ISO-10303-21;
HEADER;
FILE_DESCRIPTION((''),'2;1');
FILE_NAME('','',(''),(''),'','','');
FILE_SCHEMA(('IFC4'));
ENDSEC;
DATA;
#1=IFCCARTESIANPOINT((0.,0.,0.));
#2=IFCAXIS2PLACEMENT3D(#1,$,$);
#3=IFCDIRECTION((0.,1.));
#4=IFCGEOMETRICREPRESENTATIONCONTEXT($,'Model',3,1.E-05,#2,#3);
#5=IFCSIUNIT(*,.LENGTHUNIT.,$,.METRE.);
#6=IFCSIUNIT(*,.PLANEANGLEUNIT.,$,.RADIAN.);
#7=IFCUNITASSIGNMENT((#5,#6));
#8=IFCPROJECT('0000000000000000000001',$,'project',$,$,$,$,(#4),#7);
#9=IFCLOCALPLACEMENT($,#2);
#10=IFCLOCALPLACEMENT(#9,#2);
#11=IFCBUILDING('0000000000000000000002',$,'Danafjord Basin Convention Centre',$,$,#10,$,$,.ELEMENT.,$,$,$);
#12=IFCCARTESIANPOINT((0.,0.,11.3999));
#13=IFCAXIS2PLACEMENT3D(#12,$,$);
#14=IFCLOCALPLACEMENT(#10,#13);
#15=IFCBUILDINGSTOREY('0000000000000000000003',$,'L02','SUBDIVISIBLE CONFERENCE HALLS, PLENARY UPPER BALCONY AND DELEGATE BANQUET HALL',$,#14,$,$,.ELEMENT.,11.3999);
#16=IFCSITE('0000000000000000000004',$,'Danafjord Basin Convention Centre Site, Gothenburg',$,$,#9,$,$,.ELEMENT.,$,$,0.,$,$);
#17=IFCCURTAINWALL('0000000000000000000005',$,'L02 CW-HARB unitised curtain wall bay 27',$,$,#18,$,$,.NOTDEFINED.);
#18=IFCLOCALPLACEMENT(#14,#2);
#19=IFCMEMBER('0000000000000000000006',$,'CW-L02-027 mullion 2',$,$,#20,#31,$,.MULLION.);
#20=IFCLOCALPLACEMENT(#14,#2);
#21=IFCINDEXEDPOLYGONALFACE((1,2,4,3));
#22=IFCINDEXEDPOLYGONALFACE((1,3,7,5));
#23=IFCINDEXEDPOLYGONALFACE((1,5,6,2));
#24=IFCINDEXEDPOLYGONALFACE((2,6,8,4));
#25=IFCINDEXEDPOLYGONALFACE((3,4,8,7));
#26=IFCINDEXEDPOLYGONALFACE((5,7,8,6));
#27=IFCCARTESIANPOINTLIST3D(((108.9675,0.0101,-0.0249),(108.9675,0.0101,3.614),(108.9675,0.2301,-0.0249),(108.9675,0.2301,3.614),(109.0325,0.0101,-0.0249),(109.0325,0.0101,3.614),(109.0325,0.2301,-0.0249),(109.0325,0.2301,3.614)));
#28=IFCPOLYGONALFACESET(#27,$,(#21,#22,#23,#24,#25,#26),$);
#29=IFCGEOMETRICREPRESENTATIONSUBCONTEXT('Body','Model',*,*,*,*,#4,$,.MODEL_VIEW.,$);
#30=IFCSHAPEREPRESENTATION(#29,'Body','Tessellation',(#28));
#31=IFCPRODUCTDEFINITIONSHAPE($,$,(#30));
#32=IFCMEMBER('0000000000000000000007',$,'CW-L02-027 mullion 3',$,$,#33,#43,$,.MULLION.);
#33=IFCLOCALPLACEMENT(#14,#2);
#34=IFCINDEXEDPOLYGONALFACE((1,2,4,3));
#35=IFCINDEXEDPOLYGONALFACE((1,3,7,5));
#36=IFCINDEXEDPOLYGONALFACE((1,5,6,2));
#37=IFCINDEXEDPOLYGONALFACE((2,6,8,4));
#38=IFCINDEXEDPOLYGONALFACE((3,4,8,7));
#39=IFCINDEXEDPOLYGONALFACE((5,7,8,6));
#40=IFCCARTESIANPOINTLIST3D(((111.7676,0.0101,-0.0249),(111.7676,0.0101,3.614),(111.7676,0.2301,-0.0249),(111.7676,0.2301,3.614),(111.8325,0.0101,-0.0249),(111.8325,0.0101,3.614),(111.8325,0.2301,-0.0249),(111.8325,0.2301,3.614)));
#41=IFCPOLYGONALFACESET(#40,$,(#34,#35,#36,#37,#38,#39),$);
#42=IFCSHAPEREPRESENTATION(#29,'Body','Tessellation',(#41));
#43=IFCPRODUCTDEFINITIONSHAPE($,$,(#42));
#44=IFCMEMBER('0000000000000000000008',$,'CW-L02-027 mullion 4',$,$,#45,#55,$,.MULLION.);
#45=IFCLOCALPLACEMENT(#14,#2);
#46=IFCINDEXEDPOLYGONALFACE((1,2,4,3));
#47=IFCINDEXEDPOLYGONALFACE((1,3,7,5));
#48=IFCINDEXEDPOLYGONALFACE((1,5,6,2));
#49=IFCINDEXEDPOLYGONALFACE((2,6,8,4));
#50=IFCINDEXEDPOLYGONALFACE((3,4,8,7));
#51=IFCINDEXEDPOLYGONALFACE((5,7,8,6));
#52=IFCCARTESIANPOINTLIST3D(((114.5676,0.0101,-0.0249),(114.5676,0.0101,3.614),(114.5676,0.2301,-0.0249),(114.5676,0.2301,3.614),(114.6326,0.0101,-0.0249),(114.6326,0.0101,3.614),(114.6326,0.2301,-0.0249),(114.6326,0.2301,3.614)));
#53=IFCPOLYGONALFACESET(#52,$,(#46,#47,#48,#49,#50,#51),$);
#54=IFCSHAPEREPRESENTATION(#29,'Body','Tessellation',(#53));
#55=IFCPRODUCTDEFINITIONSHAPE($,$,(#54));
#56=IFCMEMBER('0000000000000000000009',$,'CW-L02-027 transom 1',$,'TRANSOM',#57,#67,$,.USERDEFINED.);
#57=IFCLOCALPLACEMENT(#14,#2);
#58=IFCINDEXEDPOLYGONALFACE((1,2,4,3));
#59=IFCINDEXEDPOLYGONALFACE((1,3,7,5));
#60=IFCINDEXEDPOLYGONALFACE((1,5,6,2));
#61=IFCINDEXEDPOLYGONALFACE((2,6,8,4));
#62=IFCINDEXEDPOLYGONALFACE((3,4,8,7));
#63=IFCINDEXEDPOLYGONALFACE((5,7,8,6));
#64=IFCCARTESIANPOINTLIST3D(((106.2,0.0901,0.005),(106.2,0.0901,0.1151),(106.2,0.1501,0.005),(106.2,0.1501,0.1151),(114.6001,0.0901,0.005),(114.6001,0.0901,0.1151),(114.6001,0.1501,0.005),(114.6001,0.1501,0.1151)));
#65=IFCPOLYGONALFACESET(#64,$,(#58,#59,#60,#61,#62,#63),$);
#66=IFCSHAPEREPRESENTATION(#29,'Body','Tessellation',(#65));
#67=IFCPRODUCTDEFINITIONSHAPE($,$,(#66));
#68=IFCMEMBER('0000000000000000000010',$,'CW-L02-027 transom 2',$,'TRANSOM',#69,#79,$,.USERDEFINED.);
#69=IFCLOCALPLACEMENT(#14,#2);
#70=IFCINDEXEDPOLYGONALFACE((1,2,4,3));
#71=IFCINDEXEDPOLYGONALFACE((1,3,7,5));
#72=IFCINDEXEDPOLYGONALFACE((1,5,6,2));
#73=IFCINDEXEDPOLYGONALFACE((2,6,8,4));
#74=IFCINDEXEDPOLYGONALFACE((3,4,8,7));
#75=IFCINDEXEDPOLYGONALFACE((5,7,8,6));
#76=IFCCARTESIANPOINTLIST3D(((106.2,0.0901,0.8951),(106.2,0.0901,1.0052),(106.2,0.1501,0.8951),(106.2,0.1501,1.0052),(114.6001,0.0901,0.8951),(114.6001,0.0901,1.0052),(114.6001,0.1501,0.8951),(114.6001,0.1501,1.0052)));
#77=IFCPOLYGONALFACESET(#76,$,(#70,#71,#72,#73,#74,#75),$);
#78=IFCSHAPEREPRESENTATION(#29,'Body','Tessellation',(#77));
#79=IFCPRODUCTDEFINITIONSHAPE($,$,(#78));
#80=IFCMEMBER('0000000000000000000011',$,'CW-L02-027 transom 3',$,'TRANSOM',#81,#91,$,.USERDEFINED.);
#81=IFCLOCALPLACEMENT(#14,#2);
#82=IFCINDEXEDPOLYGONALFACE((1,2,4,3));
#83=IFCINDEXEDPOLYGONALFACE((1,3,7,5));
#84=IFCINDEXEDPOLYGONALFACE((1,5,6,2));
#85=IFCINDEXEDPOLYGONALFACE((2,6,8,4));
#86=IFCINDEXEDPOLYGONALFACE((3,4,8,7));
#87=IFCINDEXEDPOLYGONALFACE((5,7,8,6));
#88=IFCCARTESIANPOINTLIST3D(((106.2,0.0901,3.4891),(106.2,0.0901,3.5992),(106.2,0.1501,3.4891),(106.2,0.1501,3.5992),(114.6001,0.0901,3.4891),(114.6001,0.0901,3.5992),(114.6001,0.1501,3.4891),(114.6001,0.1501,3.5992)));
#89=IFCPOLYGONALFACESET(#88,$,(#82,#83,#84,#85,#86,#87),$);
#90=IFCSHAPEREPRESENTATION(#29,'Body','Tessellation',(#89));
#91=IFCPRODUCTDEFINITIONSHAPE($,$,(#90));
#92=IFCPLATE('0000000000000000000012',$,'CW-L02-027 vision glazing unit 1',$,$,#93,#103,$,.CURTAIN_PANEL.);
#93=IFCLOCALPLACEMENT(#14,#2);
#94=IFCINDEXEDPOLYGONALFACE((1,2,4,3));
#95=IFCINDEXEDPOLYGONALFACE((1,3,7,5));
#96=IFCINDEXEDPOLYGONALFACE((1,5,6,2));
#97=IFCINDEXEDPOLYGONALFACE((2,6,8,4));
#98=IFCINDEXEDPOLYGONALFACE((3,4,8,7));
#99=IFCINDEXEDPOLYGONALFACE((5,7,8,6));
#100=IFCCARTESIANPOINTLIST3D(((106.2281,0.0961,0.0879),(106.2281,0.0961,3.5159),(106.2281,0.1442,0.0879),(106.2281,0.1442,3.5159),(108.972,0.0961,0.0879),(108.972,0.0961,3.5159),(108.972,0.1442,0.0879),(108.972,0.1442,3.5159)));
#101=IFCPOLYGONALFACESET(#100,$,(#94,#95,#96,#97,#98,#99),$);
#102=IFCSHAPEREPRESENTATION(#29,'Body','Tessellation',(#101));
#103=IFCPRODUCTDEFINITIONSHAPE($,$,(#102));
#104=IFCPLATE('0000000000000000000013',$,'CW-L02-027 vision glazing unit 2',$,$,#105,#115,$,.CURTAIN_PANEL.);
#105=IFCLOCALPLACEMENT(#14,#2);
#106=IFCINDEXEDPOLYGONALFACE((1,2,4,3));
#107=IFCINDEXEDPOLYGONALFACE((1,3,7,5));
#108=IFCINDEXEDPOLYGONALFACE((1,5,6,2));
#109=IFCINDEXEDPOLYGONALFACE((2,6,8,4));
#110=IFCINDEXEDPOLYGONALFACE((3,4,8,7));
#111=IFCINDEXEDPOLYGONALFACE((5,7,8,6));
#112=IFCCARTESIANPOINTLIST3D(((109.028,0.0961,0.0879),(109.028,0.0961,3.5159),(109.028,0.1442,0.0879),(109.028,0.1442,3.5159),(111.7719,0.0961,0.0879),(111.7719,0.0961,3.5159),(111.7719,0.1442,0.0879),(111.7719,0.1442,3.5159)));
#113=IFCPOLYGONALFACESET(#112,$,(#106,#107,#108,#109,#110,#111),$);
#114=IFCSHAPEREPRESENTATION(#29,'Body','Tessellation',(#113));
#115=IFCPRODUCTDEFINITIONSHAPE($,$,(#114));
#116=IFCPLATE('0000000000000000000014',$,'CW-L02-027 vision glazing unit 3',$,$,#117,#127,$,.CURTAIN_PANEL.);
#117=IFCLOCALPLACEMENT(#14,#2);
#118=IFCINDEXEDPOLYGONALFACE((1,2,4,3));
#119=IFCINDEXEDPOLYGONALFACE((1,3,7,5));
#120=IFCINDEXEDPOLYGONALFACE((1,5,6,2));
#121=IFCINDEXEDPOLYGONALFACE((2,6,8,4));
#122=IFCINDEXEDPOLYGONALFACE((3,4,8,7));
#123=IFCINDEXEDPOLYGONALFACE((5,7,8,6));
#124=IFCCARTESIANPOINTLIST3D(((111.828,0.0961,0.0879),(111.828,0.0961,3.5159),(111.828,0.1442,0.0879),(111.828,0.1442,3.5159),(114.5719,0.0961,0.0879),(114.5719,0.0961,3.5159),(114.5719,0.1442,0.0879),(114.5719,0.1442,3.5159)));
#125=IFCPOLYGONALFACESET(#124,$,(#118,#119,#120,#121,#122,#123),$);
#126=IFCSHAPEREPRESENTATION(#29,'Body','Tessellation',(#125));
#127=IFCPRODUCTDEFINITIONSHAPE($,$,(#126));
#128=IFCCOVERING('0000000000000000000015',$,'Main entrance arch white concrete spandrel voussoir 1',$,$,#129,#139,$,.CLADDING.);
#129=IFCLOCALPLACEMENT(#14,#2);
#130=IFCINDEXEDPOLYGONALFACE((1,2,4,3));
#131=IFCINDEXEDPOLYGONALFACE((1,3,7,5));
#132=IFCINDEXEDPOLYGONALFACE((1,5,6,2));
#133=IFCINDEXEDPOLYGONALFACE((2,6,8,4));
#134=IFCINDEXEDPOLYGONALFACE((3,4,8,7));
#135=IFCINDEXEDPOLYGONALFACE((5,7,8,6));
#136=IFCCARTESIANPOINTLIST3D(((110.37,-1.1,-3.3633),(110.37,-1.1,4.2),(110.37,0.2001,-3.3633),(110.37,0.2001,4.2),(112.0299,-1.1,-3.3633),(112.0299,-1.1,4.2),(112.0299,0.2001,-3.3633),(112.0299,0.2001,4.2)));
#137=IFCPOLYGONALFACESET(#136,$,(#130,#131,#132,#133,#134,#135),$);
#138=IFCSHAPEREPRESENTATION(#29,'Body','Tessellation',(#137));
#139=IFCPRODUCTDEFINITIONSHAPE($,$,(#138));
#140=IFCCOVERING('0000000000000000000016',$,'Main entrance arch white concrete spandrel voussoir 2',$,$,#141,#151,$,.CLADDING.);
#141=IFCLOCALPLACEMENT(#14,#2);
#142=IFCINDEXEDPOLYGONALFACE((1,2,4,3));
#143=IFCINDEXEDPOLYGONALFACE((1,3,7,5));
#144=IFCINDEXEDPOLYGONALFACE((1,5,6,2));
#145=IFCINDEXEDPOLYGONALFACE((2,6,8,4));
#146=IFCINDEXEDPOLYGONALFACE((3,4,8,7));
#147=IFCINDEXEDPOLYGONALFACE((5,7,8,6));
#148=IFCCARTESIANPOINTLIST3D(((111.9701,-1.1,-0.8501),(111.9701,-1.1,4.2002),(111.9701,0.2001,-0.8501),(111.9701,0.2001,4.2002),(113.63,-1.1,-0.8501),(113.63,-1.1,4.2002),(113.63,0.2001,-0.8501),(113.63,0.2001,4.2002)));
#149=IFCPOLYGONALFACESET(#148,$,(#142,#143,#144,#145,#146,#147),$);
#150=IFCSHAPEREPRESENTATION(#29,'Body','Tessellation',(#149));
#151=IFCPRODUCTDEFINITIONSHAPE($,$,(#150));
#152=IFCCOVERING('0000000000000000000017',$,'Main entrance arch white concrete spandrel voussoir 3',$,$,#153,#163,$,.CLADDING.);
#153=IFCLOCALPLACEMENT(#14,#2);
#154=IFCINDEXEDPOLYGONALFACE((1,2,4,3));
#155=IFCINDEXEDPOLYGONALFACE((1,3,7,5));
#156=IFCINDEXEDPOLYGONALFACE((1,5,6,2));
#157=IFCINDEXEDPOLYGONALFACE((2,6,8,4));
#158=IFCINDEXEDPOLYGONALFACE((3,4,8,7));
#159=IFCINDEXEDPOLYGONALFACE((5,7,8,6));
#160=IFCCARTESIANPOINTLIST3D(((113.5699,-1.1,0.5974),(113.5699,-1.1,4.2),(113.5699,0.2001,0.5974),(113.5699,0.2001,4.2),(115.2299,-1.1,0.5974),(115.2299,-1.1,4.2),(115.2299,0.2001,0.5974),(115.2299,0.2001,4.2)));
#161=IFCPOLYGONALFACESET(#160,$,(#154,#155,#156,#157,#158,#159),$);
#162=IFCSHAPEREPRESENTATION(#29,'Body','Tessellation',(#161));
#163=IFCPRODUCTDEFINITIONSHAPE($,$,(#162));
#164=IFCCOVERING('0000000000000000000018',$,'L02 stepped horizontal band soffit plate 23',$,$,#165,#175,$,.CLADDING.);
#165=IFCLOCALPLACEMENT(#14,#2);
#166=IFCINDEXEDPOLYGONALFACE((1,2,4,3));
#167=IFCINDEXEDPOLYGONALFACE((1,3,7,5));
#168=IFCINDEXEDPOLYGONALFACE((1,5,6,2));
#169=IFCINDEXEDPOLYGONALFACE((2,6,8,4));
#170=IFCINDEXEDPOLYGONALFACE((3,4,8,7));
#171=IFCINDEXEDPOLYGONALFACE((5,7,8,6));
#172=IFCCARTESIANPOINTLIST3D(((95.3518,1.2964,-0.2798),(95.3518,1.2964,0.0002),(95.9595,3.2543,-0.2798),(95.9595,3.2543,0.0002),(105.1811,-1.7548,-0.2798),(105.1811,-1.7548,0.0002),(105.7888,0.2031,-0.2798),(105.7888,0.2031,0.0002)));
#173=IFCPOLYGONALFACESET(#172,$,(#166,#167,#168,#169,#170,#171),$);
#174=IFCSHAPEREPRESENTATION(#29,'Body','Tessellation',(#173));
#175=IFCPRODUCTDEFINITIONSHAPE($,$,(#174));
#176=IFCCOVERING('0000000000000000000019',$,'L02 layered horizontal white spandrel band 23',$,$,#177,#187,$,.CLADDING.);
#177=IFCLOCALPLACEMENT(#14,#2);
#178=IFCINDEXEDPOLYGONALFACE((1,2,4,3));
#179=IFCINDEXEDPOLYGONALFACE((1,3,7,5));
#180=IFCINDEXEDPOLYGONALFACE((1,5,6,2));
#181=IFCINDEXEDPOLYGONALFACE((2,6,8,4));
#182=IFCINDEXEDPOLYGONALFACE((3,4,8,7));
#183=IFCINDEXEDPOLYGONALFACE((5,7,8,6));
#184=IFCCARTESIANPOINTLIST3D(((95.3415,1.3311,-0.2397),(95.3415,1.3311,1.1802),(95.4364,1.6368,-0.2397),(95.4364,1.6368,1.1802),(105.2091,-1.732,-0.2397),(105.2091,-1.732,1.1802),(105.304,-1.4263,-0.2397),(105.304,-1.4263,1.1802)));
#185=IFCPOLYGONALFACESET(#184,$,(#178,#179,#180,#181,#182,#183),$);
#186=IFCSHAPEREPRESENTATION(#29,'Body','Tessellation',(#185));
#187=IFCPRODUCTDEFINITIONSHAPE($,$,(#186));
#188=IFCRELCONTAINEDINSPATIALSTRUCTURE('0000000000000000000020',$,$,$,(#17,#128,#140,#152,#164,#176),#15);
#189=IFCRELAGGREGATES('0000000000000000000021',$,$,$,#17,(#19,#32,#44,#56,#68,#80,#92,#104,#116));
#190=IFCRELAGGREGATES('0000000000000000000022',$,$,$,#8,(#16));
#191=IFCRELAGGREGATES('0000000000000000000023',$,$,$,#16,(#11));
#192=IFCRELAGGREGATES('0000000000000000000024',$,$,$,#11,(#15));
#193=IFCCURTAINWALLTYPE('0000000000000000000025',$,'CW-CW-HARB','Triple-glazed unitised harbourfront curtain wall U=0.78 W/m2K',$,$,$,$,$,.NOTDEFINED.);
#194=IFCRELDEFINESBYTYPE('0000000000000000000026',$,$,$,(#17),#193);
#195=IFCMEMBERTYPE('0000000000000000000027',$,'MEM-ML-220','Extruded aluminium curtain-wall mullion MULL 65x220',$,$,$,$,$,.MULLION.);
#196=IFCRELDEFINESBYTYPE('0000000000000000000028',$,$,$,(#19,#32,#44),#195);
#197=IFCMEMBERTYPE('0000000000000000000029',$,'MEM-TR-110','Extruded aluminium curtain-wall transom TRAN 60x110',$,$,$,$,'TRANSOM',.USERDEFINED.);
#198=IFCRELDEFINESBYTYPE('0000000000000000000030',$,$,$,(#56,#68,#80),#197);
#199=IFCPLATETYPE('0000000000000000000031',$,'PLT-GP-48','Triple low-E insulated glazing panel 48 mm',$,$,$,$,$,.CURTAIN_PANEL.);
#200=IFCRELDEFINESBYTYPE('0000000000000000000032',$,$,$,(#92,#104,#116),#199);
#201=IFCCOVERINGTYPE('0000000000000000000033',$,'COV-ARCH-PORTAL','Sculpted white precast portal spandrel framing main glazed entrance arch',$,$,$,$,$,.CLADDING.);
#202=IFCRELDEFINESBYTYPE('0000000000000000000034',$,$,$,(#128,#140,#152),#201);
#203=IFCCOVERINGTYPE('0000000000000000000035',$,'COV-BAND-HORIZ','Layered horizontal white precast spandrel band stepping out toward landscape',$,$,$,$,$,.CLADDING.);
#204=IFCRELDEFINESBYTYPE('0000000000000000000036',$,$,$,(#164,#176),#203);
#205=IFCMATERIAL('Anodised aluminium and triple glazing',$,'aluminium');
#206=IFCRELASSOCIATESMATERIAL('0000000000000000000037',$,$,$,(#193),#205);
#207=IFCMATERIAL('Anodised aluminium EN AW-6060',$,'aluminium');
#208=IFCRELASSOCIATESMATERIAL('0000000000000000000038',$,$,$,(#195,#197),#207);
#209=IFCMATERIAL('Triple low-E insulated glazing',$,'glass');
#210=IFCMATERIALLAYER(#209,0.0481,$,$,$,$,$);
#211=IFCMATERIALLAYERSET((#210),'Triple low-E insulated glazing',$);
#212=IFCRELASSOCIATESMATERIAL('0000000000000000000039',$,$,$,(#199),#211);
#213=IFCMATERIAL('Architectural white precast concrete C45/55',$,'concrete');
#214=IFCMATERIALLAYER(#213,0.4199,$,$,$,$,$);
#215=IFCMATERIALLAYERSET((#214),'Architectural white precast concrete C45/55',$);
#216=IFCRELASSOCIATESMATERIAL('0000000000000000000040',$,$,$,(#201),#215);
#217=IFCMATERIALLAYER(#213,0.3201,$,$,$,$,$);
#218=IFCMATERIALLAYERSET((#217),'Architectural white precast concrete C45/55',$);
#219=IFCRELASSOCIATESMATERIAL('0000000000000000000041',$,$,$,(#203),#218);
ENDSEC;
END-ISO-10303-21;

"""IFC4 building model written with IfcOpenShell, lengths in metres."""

from ifc_helpers import new_model, si_unit, direction, frame, origin, origin_2d, place, context, subcontext, project, spatial, rectangle, extrude, material, layer, layer_set, material_profile, profile_set, type_object, element, aggregate, save


model = new_model("IFC4")

# Units and contexts
model_context = context("Model", 3, precision=1e-05, world=origin(), true_north=direction((0.0, 1.0)))
body_context = subcontext(model_context, "Body", "Model", "MODEL_VIEW")
ifc_project = project(units=[si_unit("LENGTHUNIT", "METRE"), si_unit("PLANEANGLEUNIT", "RADIAN")], contexts=[model_context])

# Site, building, storey
site_placement = place(None, origin())
site = spatial("IfcSite", under=ifc_project, at=site_placement, Name="Danafjord Basin Convention Centre Site, Gothenburg", CompositionType="ELEMENT", RefElevation=0.0)
building_placement = place(site_placement, origin())
building = spatial("IfcBuilding", under=site, at=building_placement, Name="Danafjord Basin Convention Centre", CompositionType="ELEMENT")
storey_placement = place(building_placement, frame((0.0, 0.0, 11.3999)))
storey = spatial("IfcBuildingStorey", under=building, at=storey_placement, Name="L02", Description="SUBDIVISIBLE CONFERENCE HALLS, PLENARY UPPER BALCONY AND DELEGATE BANQUET HALL", CompositionType="ELEMENT", Elevation=11.3999)

# Curtain wall, members, plates
ifc_material_1 = material(Name="Anodised aluminium and triple glazing", Category="aluminium")
curtain_wall_type = type_object("IfcCurtainWallType", Name="CW-CW-HARB", Description="Triple-glazed unitised harbourfront curtain wall U=0.78 W/m2K", PredefinedType="NOTDEFINED", material=ifc_material_1)
curtain_wall_placement = place(storey_placement, origin())
curtain_wall = element("IfcCurtainWall", 1, at=curtain_wall_placement, inside=storey, type_object=curtain_wall_type, Name="L02 CW-HARB unitised curtain wall bay 27", PredefinedType="NOTDEFINED")
ifc_material_2 = material(Name="Anodised aluminium EN AW-6060", Category="aluminium")
ifc_material_profile_1 = material_profile(ifc_material_2, rectangle(XDim=0.0649, YDim=0.22, at=origin_2d()), Name="MULL 65x220")
ifc_profile_set_1 = profile_set([ifc_material_profile_1], Name="Anodised aluminium EN AW-6060")
member_type_1 = type_object("IfcMemberType", Name="MEM-ML-220", Description="Extruded aluminium curtain-wall mullion MULL 65x220", PredefinedType="MULLION", material=ifc_profile_set_1)
member_1_placement = place(storey_placement, frame((109.0, 0.1201, -0.0249), z_axis=(0.0, 0.0, 1.0), x_axis=(1.0, 0.0, 0.0)))
member_1 = element("IfcMember", 2, at=member_1_placement, type_object=member_type_1, Name="CW-L02-027 mullion 2", PredefinedType="MULLION", context=body_context, shape_type="SweptSolid", body=[
    extrude(rectangle(XDim=0.0649, YDim=0.22, at=origin_2d()), origin(), (0.0, 0.0, 1.0), 3.6389),
])
member_2_placement = place(storey_placement, frame((111.8, 0.1201, -0.0249), z_axis=(0.0, 0.0, 1.0), x_axis=(1.0, 0.0, 0.0)))
member_2 = element("IfcMember", 3, at=member_2_placement, type_object=member_type_1, Name="CW-L02-027 mullion 3", PredefinedType="MULLION", context=body_context, shape_type="SweptSolid", body=[
    extrude(rectangle(XDim=0.0649, YDim=0.22, at=origin_2d()), origin(), (0.0, 0.0, 1.0), 3.6389),
])
member_3_placement = place(storey_placement, frame((114.6001, 0.1201, -0.0249), z_axis=(0.0, 0.0, 1.0), x_axis=(1.0, 0.0, 0.0)))
member_3 = element("IfcMember", 4, at=member_3_placement, type_object=member_type_1, Name="CW-L02-027 mullion 4", PredefinedType="MULLION", context=body_context, shape_type="SweptSolid", body=[
    extrude(rectangle(XDim=0.0649, YDim=0.22, at=origin_2d()), origin(), (0.0, 0.0, 1.0), 3.6389),
])
ifc_material_profile_2 = material_profile(ifc_material_2, rectangle(XDim=0.0601, YDim=0.1101, at=origin_2d()), Name="TRAN 60x110")
ifc_profile_set_2 = profile_set([ifc_material_profile_2], Name="Anodised aluminium EN AW-6060")
member_type_2 = type_object("IfcMemberType", Name="MEM-TR-110", Description="Extruded aluminium curtain-wall transom TRAN 60x110", ElementType="TRANSOM", PredefinedType="USERDEFINED", material=ifc_profile_set_2)
member_4_placement = place(storey_placement, frame((106.2, 0.1201, 0.0601), z_axis=(1.0, 0.0, 0.0), x_axis=(0.0, 1.0, 0.0)))
member_4 = element("IfcMember", 5, at=member_4_placement, type_object=member_type_2, Name="CW-L02-027 transom 1", ObjectType="TRANSOM", PredefinedType="USERDEFINED", context=body_context, shape_type="SweptSolid", body=[
    extrude(rectangle(XDim=0.0601, YDim=0.1101, at=origin_2d()), origin(), (0.0, 0.0, 1.0), 8.4001),
])
member_5_placement = place(storey_placement, frame((106.2, 0.1201, 0.9502), z_axis=(1.0, 0.0, 0.0), x_axis=(0.0, 1.0, 0.0)))
member_5 = element("IfcMember", 6, at=member_5_placement, type_object=member_type_2, Name="CW-L02-027 transom 2", ObjectType="TRANSOM", PredefinedType="USERDEFINED", context=body_context, shape_type="SweptSolid", body=[
    extrude(rectangle(XDim=0.0601, YDim=0.1101, at=origin_2d()), origin(), (0.0, 0.0, 1.0), 8.4001),
])
member_6_placement = place(storey_placement, frame((106.2, 0.1201, 3.5442), z_axis=(1.0, 0.0, 0.0), x_axis=(0.0, 1.0, 0.0)))
member_6 = element("IfcMember", 7, at=member_6_placement, type_object=member_type_2, Name="CW-L02-027 transom 3", ObjectType="TRANSOM", PredefinedType="USERDEFINED", context=body_context, shape_type="SweptSolid", body=[
    extrude(rectangle(XDim=0.0601, YDim=0.1101, at=origin_2d()), origin(), (0.0, 0.0, 1.0), 8.4001),
])
ifc_material_3 = material(Name="Triple low-E insulated glazing", Category="glass")
ifc_layer_1 = layer(ifc_material_3, 0.0481)
ifc_layer_set_1 = layer_set([ifc_layer_1], Name="Triple low-E insulated glazing")
plate_type = type_object("IfcPlateType", Name="PLT-GP-48", Description="Triple low-E insulated glazing panel 48 mm", PredefinedType="CURTAIN_PANEL", material=ifc_layer_set_1)
plate_1_placement = place(storey_placement, frame((107.6001, 0.1201, 0.0879), z_axis=(0.0, 0.0, 1.0), x_axis=(1.0, 0.0, 0.0)))
plate_1 = element("IfcPlate", 8, at=plate_1_placement, type_object=plate_type, Name="CW-L02-027 vision glazing unit 1", PredefinedType="CURTAIN_PANEL", context=body_context, shape_type="SweptSolid", body=[
    extrude(rectangle(XDim=2.7439, YDim=0.0481, at=origin_2d()), origin(), (0.0, 0.0, 1.0), 3.428),
])
plate_2_placement = place(storey_placement, frame((110.3999, 0.1201, 0.0879), z_axis=(0.0, 0.0, 1.0), x_axis=(1.0, 0.0, 0.0)))
plate_2 = element("IfcPlate", 9, at=plate_2_placement, type_object=plate_type, Name="CW-L02-027 vision glazing unit 2", PredefinedType="CURTAIN_PANEL", context=body_context, shape_type="SweptSolid", body=[
    extrude(rectangle(XDim=2.7439, YDim=0.0481, at=origin_2d()), origin(), (0.0, 0.0, 1.0), 3.428),
])
plate_3_placement = place(storey_placement, frame((113.2, 0.1201, 0.0879), z_axis=(0.0, 0.0, 1.0), x_axis=(1.0, 0.0, 0.0)))
plate_3 = element("IfcPlate", 10, at=plate_3_placement, type_object=plate_type, Name="CW-L02-027 vision glazing unit 3", PredefinedType="CURTAIN_PANEL", context=body_context, shape_type="SweptSolid", body=[
    extrude(rectangle(XDim=2.7439, YDim=0.0481, at=origin_2d()), origin(), (0.0, 0.0, 1.0), 3.428),
])
aggregate(curtain_wall, [member_1, member_2, member_3, member_4, member_5, member_6, plate_1, plate_2, plate_3])

# Coverings
ifc_material_4 = material(Name="Architectural white precast concrete C45/55", Category="concrete")
ifc_layer_2 = layer(ifc_material_4, 0.4199)
ifc_layer_set_2 = layer_set([ifc_layer_2], Name="Architectural white precast concrete C45/55")
covering_type_1 = type_object("IfcCoveringType", Name="COV-ARCH-PORTAL", Description="Sculpted white precast portal spandrel framing main glazed entrance arch", PredefinedType="CLADDING", material=ifc_layer_set_2)
covering_1_placement = place(storey_placement, frame((111.2, -0.45, -3.3633), z_axis=(0.0, 0.0, 1.0), x_axis=(1.0, 0.0, 0.0)))
element("IfcCovering", 11, at=covering_1_placement, inside=storey, type_object=covering_type_1, Name="Main entrance arch white concrete spandrel voussoir 1", PredefinedType="CLADDING", context=body_context, shape_type="SweptSolid", body=[
    extrude(rectangle(XDim=1.6599, YDim=1.3, at=origin_2d()), origin(), (0.0, 0.0, 1.0), 7.5632),
])
covering_2_placement = place(storey_placement, frame((112.8, -0.45, -0.8501), z_axis=(0.0, 0.0, 1.0), x_axis=(1.0, 0.0, 0.0)))
element("IfcCovering", 12, at=covering_2_placement, inside=storey, type_object=covering_type_1, Name="Main entrance arch white concrete spandrel voussoir 2", PredefinedType="CLADDING", context=body_context, shape_type="SweptSolid", body=[
    extrude(rectangle(XDim=1.6599, YDim=1.3, at=origin_2d()), origin(), (0.0, 0.0, 1.0), 5.0503),
])
covering_3_placement = place(storey_placement, frame((114.3999, -0.45, 0.5974), z_axis=(0.0, 0.0, 1.0), x_axis=(1.0, 0.0, 0.0)))
element("IfcCovering", 13, at=covering_3_placement, inside=storey, type_object=covering_type_1, Name="Main entrance arch white concrete spandrel voussoir 3", PredefinedType="CLADDING", context=body_context, shape_type="SweptSolid", body=[
    extrude(rectangle(XDim=1.6599, YDim=1.3, at=origin_2d()), origin(), (0.0, 0.0, 1.0), 3.6025),
])
ifc_layer_3 = layer(ifc_material_4, 0.3201)
ifc_layer_set_3 = layer_set([ifc_layer_3], Name="Architectural white precast concrete C45/55")
covering_type_2 = type_object("IfcCoveringType", Name="COV-BAND-HORIZ", Description="Layered horizontal white precast spandrel band stepping out toward landscape", PredefinedType="CLADDING", material=ifc_layer_set_3)
covering_4_placement = place(storey_placement, frame((100.5703, 0.7498, -0.2798), z_axis=(0.0, 0.0, 1.0), x_axis=(0.955045, -0.296462, 0.0)))
element("IfcCovering", 14, at=covering_4_placement, inside=storey, type_object=covering_type_2, Name="L02 stepped horizontal band soffit plate 23", PredefinedType="CLADDING", context=body_context, shape_type="SweptSolid", body=[
    extrude(rectangle(XDim=10.292, YDim=2.05, at=origin_2d()), origin(), (0.0, 0.0, 1.0), 0.28),
])
covering_5_placement = place(storey_placement, frame((100.3228, -0.0476, -0.2397), z_axis=(0.0, 0.0, 1.0), x_axis=(0.955045, -0.296462, 0.0)))
element("IfcCovering", 15, at=covering_5_placement, inside=storey, type_object=covering_type_2, Name="L02 layered horizontal white spandrel band 23", PredefinedType="CLADDING", context=body_context, shape_type="SweptSolid", body=[
    extrude(rectangle(XDim=10.332, YDim=0.3201, at=origin_2d()), origin(), (0.0, 0.0, 1.0), 1.4199),
])

save(model, "model.ifc")
